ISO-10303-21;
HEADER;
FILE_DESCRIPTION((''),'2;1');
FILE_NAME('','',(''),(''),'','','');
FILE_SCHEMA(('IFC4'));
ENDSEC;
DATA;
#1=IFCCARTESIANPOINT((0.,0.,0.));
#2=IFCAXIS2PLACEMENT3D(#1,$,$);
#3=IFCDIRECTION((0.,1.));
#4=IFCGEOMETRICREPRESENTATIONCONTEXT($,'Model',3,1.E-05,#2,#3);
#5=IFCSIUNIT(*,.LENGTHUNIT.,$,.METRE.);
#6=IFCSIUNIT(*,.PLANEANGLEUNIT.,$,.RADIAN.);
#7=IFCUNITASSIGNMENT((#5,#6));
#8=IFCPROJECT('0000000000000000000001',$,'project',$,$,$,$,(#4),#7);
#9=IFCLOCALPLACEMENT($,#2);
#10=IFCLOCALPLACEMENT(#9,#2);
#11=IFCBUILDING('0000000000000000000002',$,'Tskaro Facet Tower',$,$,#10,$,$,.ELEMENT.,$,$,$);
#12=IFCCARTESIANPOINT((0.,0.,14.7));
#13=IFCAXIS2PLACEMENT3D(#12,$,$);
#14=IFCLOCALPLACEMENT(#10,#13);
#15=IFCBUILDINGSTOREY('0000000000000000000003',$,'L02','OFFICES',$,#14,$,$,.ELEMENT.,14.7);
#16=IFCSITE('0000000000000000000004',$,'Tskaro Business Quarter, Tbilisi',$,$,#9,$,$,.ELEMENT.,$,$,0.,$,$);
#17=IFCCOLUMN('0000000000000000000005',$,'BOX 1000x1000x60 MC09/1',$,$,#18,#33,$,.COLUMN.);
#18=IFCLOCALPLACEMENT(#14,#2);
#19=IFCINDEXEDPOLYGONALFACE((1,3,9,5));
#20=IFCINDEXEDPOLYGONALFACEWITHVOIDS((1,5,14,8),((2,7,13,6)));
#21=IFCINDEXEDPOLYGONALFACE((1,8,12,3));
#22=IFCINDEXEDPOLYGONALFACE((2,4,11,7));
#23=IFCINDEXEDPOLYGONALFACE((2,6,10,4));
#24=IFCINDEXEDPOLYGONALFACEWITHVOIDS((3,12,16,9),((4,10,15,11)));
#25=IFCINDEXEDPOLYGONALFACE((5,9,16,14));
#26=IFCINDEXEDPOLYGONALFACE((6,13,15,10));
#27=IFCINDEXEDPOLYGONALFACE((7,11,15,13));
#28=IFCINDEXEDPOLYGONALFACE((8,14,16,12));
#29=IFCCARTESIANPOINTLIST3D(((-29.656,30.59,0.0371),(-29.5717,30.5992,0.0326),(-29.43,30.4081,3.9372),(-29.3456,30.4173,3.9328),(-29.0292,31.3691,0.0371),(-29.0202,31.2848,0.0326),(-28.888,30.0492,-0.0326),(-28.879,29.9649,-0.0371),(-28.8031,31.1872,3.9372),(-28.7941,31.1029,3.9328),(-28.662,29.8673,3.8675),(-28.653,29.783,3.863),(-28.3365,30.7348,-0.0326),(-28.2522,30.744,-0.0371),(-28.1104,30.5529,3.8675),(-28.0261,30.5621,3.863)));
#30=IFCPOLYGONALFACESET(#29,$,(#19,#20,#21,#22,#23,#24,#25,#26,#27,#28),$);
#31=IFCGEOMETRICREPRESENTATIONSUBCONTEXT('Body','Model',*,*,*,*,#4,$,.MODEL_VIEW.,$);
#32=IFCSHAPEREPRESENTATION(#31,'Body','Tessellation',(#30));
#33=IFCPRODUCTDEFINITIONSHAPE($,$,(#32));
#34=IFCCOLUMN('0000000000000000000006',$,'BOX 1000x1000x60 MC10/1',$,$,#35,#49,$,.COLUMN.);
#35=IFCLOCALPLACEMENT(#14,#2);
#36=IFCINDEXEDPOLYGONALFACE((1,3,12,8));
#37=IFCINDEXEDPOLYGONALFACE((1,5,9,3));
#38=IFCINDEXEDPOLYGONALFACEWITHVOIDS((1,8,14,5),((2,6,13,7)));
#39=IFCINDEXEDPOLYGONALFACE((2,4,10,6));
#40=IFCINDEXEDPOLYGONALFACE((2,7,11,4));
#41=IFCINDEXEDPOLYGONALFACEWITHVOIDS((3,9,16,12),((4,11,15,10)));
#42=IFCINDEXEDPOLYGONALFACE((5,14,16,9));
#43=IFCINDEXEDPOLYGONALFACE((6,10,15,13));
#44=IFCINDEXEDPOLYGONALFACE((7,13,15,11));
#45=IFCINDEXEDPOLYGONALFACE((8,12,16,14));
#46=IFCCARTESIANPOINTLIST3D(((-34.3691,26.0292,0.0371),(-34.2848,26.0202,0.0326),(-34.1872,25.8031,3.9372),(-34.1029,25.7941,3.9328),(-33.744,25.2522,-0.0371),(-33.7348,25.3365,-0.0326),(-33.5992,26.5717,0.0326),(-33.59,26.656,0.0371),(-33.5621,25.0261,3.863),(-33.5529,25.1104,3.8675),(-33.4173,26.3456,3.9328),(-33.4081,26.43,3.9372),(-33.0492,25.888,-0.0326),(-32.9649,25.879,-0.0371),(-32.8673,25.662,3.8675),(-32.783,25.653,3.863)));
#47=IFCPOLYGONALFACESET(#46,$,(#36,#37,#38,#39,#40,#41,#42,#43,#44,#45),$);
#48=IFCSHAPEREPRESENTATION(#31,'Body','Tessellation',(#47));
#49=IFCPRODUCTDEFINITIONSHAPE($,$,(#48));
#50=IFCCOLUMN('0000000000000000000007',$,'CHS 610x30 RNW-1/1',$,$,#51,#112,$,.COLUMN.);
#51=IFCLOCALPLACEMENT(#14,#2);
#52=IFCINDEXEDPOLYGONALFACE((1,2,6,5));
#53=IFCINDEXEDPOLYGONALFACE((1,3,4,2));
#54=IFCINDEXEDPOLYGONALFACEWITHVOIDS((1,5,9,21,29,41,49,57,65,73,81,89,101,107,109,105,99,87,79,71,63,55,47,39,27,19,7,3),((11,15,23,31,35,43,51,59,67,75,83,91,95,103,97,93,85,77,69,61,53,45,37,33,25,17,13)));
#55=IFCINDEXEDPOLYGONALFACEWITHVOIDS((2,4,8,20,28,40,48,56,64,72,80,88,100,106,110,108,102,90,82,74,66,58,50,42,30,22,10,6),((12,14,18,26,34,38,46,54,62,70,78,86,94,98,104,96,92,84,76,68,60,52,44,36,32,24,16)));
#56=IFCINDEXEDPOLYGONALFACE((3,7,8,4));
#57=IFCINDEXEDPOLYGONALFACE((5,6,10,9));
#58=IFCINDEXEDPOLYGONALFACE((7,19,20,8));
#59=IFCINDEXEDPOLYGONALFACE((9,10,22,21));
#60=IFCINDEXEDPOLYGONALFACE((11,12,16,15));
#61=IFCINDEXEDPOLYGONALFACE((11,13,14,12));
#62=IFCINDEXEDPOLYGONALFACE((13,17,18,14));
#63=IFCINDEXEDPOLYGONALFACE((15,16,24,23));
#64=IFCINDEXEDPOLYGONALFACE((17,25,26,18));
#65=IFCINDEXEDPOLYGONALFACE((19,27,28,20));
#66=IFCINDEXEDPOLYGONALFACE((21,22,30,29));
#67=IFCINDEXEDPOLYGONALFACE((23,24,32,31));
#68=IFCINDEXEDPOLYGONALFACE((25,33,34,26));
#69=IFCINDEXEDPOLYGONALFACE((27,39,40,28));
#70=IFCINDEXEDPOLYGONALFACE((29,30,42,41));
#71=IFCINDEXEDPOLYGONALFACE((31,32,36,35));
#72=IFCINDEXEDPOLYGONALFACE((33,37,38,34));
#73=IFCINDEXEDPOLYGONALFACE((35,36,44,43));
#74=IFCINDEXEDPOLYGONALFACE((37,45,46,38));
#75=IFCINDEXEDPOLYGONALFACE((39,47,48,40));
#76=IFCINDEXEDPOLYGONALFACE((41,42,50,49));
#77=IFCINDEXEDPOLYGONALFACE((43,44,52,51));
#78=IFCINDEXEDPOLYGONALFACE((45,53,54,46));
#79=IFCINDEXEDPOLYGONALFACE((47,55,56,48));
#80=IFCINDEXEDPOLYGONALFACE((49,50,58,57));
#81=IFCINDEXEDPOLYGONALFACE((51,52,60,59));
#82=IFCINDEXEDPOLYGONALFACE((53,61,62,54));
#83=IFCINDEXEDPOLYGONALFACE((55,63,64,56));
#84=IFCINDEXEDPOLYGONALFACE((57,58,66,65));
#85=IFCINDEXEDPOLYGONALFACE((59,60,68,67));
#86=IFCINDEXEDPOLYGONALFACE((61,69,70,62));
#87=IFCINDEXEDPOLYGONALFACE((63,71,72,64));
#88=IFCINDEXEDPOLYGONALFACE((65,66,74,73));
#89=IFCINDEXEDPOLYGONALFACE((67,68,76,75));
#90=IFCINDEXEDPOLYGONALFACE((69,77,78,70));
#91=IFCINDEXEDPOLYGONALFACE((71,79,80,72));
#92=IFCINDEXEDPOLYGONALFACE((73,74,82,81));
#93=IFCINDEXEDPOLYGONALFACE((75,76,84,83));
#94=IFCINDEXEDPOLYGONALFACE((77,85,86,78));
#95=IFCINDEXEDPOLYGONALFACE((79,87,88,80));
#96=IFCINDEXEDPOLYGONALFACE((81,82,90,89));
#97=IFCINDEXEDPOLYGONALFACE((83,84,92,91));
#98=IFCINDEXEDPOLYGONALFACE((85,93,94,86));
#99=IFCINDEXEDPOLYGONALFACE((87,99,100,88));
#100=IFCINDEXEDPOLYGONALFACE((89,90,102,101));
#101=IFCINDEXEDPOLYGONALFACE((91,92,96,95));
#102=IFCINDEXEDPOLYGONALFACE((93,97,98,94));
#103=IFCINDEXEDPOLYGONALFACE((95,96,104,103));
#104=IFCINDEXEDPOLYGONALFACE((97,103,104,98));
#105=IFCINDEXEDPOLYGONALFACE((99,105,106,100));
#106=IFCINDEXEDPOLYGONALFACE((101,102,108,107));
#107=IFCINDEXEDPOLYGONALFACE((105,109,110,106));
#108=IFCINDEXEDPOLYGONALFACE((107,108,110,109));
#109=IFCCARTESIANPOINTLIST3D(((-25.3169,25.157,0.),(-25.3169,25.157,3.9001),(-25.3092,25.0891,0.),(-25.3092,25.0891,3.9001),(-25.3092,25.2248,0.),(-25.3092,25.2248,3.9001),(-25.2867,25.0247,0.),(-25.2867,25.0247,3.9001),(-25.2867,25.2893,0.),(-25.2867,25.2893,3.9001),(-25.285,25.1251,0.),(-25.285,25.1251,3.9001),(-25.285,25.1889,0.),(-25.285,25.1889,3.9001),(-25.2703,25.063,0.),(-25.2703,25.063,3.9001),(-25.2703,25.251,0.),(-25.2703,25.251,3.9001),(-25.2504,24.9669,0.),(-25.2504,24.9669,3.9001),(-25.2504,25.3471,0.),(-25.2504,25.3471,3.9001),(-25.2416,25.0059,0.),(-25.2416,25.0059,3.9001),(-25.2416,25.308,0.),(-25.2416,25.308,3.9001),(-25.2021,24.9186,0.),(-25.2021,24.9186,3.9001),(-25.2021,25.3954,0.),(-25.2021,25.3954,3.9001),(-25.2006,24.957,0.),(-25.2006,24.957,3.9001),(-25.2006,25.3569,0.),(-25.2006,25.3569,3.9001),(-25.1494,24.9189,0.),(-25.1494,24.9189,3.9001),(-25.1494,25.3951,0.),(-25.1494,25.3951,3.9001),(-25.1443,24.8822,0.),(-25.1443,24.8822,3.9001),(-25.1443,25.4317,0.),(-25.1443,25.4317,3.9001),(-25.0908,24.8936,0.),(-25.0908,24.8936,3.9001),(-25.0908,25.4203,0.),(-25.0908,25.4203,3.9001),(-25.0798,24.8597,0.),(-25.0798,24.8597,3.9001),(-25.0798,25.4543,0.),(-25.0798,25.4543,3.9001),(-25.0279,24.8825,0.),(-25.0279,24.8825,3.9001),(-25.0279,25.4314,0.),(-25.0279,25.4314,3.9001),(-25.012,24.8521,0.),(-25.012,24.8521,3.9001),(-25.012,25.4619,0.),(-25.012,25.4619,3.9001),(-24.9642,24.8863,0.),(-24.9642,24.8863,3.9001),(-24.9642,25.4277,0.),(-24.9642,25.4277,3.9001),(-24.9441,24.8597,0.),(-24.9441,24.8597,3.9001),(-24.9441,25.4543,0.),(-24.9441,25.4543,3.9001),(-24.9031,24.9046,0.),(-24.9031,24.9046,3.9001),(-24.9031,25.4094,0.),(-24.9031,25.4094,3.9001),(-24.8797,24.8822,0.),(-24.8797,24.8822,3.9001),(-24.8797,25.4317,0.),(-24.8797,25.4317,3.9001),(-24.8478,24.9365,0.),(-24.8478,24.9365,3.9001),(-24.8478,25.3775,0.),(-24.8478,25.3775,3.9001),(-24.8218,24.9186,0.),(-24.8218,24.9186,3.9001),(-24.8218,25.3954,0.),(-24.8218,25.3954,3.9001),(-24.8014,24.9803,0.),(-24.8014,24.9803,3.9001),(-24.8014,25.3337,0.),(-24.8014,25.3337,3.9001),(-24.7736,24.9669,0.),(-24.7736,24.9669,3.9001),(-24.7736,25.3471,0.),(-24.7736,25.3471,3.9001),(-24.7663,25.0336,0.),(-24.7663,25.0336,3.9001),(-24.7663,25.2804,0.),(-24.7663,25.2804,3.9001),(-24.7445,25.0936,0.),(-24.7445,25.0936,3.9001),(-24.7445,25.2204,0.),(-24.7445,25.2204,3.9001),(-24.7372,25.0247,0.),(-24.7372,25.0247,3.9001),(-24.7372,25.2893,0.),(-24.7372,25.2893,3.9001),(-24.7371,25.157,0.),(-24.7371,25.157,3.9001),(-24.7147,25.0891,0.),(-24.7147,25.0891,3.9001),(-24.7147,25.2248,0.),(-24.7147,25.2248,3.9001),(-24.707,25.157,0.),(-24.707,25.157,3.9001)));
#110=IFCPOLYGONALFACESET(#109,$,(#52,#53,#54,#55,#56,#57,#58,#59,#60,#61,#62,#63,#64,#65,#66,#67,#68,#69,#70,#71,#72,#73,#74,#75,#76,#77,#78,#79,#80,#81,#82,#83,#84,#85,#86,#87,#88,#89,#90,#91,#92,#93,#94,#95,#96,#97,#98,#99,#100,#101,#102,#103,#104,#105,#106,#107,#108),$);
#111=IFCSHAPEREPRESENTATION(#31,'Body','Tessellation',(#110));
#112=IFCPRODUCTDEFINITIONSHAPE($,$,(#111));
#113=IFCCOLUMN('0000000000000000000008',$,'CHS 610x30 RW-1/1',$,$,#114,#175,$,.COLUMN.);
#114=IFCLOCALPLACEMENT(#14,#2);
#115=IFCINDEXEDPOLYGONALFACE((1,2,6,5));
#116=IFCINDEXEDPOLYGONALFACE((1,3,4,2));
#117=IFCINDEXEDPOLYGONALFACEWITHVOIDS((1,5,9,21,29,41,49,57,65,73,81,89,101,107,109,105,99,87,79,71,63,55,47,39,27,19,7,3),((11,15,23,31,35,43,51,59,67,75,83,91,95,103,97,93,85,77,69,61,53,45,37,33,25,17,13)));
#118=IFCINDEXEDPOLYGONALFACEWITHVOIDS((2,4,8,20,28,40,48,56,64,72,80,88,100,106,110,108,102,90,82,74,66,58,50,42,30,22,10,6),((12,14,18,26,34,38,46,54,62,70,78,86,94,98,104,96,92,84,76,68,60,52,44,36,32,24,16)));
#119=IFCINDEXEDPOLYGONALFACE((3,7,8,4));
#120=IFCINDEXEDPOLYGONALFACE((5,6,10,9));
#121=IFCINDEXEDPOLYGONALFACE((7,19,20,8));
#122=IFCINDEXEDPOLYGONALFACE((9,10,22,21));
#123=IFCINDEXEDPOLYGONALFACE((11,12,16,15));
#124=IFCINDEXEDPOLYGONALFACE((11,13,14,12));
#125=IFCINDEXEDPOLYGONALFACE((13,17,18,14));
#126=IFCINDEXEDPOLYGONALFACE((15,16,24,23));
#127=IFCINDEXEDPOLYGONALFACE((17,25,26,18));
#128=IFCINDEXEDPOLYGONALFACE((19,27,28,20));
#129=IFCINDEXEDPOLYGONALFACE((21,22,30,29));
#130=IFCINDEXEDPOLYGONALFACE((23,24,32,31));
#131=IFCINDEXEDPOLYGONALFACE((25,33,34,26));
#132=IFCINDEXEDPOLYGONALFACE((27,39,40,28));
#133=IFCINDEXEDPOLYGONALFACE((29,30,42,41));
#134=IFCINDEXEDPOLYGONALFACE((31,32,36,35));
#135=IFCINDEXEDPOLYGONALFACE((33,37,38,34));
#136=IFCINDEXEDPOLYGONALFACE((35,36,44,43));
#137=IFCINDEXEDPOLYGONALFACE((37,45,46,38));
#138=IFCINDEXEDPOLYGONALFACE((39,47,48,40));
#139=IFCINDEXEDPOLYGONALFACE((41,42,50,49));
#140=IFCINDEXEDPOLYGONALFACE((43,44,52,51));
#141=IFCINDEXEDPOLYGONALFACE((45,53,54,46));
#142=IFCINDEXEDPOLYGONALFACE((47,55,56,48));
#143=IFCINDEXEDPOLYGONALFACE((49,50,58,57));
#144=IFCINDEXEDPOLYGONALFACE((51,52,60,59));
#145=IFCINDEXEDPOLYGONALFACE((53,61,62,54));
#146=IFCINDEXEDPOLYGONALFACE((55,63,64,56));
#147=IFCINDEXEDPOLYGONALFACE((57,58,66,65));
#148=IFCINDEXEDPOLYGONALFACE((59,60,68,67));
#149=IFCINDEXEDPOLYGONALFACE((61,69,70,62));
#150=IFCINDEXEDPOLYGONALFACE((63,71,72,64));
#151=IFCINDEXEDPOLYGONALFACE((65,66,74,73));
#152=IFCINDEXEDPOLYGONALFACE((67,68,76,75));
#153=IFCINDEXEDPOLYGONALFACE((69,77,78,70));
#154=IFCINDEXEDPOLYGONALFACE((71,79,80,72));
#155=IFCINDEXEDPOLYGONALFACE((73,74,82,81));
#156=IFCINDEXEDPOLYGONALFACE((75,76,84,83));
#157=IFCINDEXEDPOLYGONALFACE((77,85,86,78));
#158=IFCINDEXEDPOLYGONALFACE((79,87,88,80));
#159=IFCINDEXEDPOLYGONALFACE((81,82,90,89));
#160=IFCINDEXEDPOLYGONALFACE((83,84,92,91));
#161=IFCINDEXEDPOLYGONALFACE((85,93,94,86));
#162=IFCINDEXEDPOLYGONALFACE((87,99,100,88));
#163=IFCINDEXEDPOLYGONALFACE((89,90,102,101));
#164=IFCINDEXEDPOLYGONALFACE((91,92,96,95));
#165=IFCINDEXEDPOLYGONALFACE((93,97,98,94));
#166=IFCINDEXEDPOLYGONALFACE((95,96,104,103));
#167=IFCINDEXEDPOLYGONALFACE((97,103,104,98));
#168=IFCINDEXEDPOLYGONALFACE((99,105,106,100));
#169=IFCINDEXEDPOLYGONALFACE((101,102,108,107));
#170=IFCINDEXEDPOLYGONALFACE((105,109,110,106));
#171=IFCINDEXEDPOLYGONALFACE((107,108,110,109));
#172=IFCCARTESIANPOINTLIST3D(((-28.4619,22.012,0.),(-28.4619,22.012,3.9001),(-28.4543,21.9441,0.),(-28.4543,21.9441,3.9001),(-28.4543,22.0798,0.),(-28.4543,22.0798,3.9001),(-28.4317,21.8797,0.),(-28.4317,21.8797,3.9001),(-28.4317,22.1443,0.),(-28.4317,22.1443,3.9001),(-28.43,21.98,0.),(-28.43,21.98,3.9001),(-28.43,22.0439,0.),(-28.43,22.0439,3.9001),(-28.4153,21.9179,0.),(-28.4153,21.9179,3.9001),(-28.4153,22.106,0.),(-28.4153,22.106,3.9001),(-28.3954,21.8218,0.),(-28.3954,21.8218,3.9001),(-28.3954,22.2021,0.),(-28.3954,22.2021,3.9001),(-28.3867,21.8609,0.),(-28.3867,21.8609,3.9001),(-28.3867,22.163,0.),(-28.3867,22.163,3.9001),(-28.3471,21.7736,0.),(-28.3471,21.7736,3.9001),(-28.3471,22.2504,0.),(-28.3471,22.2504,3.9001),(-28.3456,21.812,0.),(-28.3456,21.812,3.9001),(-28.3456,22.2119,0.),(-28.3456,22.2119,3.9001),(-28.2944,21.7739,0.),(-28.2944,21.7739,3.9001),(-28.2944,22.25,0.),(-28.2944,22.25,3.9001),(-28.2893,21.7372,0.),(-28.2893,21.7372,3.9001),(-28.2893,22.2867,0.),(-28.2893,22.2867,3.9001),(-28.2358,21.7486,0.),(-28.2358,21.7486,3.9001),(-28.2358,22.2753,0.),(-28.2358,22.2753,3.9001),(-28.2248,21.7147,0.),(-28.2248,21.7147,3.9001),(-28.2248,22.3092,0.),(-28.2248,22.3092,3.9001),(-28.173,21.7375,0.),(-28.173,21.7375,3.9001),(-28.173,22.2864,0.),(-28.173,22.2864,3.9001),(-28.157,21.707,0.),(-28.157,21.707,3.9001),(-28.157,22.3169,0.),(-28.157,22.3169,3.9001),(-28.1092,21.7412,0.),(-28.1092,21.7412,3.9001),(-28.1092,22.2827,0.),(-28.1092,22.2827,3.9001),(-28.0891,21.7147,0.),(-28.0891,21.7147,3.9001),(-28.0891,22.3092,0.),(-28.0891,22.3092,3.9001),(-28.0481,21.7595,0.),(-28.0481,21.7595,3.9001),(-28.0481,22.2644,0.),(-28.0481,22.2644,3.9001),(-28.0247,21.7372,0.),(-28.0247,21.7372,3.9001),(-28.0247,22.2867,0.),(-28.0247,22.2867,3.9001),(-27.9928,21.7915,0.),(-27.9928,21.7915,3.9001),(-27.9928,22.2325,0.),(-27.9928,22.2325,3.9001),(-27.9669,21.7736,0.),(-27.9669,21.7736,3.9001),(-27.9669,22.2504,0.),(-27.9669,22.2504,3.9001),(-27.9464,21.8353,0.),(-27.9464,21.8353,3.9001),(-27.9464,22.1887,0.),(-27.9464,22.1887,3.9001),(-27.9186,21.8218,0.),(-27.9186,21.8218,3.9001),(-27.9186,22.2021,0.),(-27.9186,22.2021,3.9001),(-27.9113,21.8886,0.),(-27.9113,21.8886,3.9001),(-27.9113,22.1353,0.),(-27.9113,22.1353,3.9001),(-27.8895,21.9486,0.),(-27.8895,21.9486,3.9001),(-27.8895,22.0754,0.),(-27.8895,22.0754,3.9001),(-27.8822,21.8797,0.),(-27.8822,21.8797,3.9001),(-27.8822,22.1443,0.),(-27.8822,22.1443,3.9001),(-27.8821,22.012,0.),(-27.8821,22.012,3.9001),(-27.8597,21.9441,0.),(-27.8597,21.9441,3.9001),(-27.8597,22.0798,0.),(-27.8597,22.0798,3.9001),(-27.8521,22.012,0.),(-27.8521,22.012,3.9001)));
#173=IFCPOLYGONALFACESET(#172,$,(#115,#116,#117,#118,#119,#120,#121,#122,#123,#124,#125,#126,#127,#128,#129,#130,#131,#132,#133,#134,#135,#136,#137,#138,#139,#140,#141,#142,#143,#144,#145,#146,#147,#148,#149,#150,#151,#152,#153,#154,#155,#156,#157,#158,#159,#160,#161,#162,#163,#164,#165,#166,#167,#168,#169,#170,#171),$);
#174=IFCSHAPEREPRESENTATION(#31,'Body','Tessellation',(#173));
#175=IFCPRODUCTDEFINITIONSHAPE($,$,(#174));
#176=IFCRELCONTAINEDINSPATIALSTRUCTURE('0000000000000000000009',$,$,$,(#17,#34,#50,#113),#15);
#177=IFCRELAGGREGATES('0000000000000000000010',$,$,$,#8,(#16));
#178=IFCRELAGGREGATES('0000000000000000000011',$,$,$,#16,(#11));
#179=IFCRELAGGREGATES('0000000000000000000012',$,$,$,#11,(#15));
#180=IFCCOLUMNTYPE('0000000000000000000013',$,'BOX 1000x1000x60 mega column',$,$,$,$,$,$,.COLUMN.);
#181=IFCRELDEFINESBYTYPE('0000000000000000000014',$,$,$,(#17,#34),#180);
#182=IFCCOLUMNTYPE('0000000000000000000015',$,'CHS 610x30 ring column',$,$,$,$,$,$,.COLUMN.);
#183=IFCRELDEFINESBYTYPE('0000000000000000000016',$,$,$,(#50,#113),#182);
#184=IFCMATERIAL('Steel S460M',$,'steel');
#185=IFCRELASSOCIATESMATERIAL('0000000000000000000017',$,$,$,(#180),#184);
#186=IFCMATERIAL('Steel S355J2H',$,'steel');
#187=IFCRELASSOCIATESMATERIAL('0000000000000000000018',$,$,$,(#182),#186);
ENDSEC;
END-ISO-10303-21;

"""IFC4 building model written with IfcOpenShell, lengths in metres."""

from ifc_helpers import new_model, si_unit, direction, frame, origin, origin_2d, place, context, subcontext, project, spatial, hollow_rectangle, hollow_circle, extrude, material, material_profile, profile_set, type_object, element, save


model = new_model("IFC4")

# Units and contexts
model_context = context("Model", 3, precision=1e-05, world=origin(), true_north=direction((0.0, 1.0)))
body_context = subcontext(model_context, "Body", "Model", "MODEL_VIEW")
ifc_project = project(units=[si_unit("LENGTHUNIT", "METRE"), si_unit("PLANEANGLEUNIT", "RADIAN")], contexts=[model_context])

# Site, building, storey
site_placement = place(None, origin())
site = spatial("IfcSite", under=ifc_project, at=site_placement, Name="Tskaro Business Quarter, Tbilisi", CompositionType="ELEMENT", RefElevation=0.0)
building_placement = place(site_placement, origin())
building = spatial("IfcBuilding", under=site, at=building_placement, Name="Tskaro Facet Tower", CompositionType="ELEMENT")
storey_placement = place(building_placement, frame((0.0, 0.0, 14.7)))
storey = spatial("IfcBuildingStorey", under=building, at=storey_placement, Name="L02", Description="OFFICES", CompositionType="ELEMENT", Elevation=14.7)

# Columns
ifc_material_1 = material(Name="Steel S460M", Category="steel")
ifc_material_profile_1 = material_profile(ifc_material_1, hollow_rectangle(XDim=1.0, YDim=1.0, WallThickness=0.0601, at=origin_2d()), Name="BOX 1000x1000x60")
ifc_profile_set_1 = profile_set([ifc_material_profile_1], Name="Steel S460M")
column_type_1 = type_object("IfcColumnType", Name="BOX 1000x1000x60 mega column", PredefinedType="COLUMN", material=ifc_profile_set_1)
for number, where, z_axis, x_axis, name in (
    (1, (-28.9541, 30.667, 0.0), (0.057806, -0.046507, 0.997244), (0.626847, 0.779142, 0.0), "BOX 1000x1000x60 MC09/1"),
    (2, (-33.667, 25.9541, 0.0), (0.046507, -0.057806, 0.997244), (0.779142, 0.626847, 0.0), "BOX 1000x1000x60 MC10/1"),
):
    element("IfcColumn", number, at=place(storey_placement, frame(where, z_axis=z_axis, x_axis=x_axis)), inside=storey, type_object=column_type_1, Name=name, PredefinedType="COLUMN", context=body_context, shape_type="SweptSolid", body=[
        extrude(hollow_rectangle(XDim=1.0, YDim=1.0, WallThickness=0.0601, at=origin_2d()), origin(), (0.0, 0.0, 1.0), 3.9109),
    ])
ifc_material_2 = material(Name="Steel S355J2H", Category="steel")
ifc_material_profile_2 = material_profile(ifc_material_2, hollow_circle(Radius=0.3049, WallThickness=0.03, at=origin_2d()), Name="CHS 610x30")
ifc_profile_set_2 = profile_set([ifc_material_profile_2], Name="Steel S355J2H")
column_type_2 = type_object("IfcColumnType", Name="CHS 610x30 ring column", PredefinedType="COLUMN", material=ifc_profile_set_2)
for number, where, z_axis, x_axis, name in (
    (3, (-25.012, 25.157, 0.0), (0.0, 0.0, 1.0), (1.0, 0.0, 0.0), "CHS 610x30 RNW-1/1"),
    (4, (-28.157, 22.012, 0.0), (0.0, 0.0, 1.0), (1.0, 0.0, 0.0), "CHS 610x30 RW-1/1"),
):
    element("IfcColumn", number, at=place(storey_placement, frame(where, z_axis=z_axis, x_axis=x_axis)), inside=storey, type_object=column_type_2, Name=name, PredefinedType="COLUMN", context=body_context, shape_type="SweptSolid", body=[
        extrude(hollow_circle(Radius=0.3049, WallThickness=0.03, at=origin_2d()), origin(), (0.0, 0.0, 1.0), 3.9001),
    ])

save(model, "model.ifc")
